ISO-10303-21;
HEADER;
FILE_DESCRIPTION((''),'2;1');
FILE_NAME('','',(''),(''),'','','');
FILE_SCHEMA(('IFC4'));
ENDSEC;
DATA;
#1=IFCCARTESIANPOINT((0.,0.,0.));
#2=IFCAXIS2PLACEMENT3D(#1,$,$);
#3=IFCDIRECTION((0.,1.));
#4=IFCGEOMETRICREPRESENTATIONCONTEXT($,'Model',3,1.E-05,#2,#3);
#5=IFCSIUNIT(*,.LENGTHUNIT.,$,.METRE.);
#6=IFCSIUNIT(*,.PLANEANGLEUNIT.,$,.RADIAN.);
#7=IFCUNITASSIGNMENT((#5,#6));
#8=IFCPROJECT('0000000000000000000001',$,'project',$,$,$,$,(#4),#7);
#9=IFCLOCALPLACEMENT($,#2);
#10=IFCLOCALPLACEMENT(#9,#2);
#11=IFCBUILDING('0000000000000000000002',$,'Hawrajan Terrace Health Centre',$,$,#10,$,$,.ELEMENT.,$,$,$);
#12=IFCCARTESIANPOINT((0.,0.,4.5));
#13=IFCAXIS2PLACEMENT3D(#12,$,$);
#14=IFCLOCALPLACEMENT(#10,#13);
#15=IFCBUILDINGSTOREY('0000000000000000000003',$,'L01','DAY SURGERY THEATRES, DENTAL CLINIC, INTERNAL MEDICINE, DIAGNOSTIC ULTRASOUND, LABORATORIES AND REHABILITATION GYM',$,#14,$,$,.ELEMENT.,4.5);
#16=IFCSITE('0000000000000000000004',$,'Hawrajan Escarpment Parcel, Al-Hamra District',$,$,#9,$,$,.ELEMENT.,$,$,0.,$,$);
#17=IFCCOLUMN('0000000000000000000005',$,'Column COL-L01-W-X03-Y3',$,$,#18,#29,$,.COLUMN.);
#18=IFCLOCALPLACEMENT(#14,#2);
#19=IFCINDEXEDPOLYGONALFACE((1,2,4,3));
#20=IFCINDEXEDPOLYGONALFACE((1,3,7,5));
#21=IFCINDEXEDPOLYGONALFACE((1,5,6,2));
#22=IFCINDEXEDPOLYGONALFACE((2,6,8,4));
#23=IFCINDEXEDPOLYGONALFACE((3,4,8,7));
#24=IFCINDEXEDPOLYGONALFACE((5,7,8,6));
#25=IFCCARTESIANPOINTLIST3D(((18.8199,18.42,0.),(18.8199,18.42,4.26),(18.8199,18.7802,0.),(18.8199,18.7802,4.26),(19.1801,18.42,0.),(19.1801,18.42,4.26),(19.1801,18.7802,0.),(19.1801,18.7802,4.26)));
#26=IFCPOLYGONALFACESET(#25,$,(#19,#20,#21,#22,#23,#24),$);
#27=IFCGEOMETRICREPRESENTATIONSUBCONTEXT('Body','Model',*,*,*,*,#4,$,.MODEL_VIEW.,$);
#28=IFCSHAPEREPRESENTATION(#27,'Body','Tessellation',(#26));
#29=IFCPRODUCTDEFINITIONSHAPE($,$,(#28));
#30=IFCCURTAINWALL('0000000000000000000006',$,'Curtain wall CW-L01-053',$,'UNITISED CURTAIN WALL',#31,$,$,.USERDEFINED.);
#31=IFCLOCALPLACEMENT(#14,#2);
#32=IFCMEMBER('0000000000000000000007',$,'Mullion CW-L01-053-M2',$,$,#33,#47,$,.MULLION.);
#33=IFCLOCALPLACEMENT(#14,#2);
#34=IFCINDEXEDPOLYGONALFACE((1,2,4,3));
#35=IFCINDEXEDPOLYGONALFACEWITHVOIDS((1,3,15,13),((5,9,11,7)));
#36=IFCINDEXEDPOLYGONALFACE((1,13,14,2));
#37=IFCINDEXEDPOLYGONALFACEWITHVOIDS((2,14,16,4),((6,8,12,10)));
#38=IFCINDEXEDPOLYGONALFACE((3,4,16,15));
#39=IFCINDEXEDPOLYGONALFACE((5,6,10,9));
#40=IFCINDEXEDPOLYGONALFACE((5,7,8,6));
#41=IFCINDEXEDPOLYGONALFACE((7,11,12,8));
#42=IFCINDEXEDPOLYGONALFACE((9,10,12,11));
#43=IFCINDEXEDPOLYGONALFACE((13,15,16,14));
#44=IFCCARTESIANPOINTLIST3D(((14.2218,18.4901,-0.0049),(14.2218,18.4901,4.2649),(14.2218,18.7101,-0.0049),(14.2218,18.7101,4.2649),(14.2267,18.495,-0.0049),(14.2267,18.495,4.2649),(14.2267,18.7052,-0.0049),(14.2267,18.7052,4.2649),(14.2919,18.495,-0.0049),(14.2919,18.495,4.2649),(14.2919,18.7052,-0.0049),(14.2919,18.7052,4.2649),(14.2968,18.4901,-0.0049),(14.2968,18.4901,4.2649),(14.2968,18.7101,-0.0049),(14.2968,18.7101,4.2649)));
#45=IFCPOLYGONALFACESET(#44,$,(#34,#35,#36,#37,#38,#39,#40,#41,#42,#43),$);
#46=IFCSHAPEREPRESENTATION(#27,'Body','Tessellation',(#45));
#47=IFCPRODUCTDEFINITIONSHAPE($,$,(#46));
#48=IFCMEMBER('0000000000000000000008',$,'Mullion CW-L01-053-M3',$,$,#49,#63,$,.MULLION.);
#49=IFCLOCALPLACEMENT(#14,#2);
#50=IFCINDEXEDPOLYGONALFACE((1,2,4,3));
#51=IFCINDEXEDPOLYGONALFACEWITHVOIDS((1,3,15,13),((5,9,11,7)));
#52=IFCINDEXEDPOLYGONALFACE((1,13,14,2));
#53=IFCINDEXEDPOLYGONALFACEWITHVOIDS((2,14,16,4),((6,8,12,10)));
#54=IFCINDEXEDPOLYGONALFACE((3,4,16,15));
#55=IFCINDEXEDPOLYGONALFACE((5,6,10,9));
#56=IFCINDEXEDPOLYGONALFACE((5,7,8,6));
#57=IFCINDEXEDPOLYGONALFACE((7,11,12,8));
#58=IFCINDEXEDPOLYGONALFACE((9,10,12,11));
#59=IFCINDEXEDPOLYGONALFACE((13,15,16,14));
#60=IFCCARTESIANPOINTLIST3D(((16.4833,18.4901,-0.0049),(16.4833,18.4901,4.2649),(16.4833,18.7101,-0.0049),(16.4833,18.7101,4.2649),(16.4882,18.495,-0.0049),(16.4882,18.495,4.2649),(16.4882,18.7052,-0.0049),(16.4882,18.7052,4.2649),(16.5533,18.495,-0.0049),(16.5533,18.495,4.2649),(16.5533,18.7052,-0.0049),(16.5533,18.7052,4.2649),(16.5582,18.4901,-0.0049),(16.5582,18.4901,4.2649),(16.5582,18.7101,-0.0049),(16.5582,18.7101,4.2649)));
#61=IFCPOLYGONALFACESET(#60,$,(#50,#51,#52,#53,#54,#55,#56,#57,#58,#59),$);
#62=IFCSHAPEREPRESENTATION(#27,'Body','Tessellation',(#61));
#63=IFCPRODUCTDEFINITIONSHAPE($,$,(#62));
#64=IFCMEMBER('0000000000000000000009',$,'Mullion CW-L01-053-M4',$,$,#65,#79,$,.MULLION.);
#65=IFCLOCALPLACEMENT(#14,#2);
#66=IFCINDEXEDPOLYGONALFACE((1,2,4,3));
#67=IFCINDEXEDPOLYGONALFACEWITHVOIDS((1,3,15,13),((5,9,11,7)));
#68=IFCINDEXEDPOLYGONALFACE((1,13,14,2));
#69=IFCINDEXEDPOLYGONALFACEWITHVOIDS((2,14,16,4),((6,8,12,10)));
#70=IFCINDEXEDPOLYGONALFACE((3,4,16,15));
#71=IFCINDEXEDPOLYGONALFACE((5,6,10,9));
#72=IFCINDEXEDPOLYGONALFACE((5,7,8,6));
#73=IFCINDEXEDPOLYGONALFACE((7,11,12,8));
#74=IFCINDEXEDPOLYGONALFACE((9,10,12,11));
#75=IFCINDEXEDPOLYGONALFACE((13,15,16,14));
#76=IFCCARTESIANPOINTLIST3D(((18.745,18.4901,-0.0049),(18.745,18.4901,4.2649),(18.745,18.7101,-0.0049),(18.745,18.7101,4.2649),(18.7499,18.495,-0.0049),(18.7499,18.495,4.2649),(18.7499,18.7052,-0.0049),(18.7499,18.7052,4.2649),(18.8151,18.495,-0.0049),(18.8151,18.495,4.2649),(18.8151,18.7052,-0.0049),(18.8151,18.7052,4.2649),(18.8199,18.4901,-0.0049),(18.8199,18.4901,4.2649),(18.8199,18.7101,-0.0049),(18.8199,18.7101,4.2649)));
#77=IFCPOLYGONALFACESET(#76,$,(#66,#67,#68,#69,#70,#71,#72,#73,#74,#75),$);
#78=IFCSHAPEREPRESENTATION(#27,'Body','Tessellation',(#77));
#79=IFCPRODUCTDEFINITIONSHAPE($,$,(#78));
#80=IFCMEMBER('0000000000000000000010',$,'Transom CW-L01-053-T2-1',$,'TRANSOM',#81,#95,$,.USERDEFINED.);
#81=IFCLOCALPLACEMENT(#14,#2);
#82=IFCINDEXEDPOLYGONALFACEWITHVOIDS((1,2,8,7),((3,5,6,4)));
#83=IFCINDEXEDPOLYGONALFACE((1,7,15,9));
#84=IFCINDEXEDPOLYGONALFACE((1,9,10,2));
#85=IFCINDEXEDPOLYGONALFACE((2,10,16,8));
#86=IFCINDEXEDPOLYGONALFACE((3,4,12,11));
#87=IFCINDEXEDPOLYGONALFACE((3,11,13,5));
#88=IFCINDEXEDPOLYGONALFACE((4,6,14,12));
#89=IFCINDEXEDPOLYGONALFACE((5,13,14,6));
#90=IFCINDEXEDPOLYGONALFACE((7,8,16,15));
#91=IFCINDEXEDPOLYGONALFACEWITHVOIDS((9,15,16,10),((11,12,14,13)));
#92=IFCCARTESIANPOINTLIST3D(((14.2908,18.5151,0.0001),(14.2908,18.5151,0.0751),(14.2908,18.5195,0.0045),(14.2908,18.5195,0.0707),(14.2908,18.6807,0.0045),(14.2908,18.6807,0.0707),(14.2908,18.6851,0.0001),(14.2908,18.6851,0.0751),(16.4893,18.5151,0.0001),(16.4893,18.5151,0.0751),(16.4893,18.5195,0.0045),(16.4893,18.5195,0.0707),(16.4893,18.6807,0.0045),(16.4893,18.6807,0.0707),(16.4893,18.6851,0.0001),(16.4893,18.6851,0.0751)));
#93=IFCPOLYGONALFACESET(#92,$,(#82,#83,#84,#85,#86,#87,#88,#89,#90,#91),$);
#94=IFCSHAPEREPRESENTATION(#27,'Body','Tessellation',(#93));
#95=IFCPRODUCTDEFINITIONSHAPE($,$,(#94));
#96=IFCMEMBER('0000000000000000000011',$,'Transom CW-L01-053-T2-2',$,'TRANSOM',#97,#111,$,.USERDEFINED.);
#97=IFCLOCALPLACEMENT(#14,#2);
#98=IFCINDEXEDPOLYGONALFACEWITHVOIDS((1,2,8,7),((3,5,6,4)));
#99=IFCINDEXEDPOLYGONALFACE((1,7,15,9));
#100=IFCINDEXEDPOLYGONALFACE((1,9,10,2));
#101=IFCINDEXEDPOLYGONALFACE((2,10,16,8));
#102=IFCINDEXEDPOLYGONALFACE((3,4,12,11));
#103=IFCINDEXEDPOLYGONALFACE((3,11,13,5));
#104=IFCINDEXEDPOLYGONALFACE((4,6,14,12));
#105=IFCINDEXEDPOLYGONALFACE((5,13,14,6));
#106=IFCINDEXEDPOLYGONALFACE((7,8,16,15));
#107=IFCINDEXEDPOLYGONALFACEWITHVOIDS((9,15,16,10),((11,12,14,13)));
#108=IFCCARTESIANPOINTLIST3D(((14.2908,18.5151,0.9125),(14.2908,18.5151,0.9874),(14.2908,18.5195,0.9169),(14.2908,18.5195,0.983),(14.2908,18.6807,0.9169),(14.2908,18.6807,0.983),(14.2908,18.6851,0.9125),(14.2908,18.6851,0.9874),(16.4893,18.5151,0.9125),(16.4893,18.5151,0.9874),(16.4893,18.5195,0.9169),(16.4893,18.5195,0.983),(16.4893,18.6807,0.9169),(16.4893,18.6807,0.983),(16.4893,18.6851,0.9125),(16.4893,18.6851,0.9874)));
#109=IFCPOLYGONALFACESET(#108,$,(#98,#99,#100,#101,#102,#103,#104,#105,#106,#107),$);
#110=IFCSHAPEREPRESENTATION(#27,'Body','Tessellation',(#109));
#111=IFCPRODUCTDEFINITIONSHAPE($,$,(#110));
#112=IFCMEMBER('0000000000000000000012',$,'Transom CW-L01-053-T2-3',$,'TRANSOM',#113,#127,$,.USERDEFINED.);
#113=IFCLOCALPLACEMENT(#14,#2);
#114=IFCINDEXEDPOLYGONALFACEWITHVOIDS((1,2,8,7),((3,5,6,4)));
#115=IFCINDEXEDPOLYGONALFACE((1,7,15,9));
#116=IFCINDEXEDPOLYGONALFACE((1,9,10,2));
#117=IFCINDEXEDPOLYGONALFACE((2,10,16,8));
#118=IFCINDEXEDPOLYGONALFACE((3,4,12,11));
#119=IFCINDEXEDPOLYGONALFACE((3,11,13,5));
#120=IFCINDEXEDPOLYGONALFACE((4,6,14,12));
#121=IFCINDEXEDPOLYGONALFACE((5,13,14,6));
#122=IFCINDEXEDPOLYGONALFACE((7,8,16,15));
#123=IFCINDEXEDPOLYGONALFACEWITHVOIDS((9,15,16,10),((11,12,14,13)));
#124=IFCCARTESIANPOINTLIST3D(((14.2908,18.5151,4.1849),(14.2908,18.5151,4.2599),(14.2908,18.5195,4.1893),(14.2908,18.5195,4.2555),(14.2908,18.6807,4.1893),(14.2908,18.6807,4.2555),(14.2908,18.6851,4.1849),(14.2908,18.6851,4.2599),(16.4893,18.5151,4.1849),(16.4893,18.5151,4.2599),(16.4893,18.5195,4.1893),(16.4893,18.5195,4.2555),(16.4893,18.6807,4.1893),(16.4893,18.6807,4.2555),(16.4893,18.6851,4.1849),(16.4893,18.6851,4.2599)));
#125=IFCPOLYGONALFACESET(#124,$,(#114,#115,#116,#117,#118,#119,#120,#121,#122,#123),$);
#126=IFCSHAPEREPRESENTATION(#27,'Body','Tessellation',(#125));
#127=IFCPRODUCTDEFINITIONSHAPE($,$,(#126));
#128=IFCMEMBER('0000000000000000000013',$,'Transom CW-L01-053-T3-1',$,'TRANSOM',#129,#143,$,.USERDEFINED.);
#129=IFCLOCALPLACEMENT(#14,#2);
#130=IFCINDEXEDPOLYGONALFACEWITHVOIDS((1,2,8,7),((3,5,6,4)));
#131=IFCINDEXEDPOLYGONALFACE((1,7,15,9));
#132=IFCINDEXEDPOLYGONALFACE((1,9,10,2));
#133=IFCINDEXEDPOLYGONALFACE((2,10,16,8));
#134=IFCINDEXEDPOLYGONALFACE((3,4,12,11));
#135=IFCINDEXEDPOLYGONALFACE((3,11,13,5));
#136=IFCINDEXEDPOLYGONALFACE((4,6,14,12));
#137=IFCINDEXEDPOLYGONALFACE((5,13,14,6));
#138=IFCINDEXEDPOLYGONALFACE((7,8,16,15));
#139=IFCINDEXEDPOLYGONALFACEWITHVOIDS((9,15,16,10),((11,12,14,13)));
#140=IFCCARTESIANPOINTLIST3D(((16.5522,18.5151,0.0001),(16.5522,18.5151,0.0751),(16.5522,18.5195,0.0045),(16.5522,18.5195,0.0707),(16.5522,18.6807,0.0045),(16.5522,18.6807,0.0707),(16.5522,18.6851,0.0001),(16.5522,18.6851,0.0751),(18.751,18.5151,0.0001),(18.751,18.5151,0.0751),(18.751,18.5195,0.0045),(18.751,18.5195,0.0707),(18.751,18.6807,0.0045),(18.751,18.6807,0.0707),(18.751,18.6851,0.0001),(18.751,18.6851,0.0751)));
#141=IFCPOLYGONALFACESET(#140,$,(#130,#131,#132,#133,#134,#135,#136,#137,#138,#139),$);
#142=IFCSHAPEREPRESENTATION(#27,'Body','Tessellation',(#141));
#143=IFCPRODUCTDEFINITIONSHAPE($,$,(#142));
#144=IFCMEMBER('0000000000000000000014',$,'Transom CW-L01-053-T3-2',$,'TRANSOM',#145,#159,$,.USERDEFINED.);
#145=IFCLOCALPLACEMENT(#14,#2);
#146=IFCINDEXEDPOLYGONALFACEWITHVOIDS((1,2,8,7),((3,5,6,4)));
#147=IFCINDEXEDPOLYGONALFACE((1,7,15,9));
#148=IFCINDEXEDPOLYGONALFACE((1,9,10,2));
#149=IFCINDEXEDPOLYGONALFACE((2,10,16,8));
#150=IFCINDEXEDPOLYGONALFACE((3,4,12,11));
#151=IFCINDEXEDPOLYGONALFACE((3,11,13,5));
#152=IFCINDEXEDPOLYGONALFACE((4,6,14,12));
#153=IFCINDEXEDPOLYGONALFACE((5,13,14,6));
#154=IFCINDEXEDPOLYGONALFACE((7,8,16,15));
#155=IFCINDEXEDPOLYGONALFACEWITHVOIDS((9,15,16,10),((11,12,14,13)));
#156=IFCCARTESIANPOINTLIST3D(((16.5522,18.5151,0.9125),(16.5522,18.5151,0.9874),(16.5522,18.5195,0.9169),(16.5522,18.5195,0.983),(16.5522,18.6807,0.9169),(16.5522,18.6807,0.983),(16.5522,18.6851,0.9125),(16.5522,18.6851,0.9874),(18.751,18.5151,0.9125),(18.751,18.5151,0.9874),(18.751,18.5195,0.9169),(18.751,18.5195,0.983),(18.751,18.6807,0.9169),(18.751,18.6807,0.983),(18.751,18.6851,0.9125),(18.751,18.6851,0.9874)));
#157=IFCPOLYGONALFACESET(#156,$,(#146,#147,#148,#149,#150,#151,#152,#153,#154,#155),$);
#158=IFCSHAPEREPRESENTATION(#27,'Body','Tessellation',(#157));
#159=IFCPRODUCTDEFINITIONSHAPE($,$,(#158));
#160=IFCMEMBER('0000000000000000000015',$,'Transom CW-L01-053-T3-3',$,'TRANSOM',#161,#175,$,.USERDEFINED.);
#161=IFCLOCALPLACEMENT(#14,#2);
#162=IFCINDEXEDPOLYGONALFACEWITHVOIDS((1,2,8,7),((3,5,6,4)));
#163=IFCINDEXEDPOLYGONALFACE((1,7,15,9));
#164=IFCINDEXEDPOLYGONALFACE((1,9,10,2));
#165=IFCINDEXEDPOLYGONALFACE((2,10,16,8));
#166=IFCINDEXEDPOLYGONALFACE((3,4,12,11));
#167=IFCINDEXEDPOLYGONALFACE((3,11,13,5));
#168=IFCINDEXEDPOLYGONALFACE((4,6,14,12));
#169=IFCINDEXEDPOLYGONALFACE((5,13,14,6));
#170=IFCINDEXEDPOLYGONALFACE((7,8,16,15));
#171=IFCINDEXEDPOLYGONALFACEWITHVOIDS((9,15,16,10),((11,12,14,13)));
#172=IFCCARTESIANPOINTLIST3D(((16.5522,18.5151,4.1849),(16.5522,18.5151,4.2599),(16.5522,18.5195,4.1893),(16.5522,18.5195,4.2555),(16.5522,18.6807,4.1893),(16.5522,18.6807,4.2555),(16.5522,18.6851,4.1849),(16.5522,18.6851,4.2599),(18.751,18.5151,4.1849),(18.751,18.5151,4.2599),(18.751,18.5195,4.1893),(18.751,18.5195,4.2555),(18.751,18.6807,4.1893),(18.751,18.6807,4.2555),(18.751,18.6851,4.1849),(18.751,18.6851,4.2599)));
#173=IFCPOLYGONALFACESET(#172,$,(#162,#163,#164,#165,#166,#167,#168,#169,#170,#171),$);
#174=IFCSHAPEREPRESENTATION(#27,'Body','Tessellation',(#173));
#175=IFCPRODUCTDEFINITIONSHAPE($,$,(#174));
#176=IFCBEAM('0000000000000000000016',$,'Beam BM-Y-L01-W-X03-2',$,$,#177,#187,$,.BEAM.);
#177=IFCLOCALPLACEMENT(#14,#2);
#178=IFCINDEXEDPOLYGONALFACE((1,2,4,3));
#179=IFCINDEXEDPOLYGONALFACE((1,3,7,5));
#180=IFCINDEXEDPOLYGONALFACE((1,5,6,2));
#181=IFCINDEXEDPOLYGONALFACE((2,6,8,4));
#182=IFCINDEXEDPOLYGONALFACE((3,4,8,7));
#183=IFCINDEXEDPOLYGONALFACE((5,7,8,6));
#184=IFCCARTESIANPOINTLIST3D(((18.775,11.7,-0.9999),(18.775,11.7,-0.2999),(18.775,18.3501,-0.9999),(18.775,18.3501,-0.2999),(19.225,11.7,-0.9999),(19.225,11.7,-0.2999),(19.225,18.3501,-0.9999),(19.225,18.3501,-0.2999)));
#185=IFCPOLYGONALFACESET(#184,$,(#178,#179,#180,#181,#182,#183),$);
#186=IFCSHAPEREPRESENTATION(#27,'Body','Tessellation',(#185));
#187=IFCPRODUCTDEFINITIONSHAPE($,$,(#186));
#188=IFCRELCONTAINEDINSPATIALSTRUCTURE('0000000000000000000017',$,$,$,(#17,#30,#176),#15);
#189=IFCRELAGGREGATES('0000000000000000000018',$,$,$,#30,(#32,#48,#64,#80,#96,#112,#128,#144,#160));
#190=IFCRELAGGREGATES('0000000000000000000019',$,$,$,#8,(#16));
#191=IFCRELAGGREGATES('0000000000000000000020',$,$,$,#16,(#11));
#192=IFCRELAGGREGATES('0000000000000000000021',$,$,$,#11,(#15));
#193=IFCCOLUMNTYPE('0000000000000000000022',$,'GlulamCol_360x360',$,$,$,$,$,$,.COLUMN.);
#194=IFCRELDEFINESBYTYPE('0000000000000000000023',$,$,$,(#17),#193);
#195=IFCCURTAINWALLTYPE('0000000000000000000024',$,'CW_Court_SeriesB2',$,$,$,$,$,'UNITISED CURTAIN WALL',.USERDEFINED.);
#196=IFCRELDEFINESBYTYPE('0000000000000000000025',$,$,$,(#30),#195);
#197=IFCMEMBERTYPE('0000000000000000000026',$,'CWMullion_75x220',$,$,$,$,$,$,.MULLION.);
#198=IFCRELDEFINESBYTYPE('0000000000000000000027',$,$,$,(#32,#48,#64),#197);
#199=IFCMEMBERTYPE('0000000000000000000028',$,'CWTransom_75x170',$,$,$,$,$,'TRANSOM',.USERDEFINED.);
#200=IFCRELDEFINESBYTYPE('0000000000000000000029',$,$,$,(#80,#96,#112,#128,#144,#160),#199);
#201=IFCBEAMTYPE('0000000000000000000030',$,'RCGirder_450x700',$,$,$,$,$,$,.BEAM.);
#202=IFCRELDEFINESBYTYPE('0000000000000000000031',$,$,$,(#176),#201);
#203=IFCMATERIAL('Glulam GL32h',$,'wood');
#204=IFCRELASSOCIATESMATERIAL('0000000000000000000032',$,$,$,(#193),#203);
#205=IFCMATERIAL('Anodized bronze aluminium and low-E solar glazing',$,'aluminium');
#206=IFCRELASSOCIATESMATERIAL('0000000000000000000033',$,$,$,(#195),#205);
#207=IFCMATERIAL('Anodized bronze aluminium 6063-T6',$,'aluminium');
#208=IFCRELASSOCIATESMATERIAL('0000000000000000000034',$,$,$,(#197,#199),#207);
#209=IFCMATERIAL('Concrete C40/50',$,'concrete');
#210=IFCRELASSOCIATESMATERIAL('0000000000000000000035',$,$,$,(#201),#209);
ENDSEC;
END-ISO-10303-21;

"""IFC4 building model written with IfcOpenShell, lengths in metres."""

from ifc_helpers import new_model, si_unit, direction, frame, origin, origin_2d, place, context, subcontext, project, spatial, rectangle, hollow_rectangle, extrude, material, material_profile, profile_set, type_object, element, aggregate, save


model = new_model("IFC4")

# Units and contexts
model_context = context("Model", 3, precision=1e-05, world=origin(), true_north=direction((0.0, 1.0)))
body_context = subcontext(model_context, "Body", "Model", "MODEL_VIEW")
ifc_project = project(units=[si_unit("LENGTHUNIT", "METRE"), si_unit("PLANEANGLEUNIT", "RADIAN")], contexts=[model_context])

# Site, building, storey
site_placement = place(None, origin())
site = spatial("IfcSite", under=ifc_project, at=site_placement, Name="Hawrajan Escarpment Parcel, Al-Hamra District", CompositionType="ELEMENT", RefElevation=0.0)
building_placement = place(site_placement, origin())
building = spatial("IfcBuilding", under=site, at=building_placement, Name="Hawrajan Terrace Health Centre", CompositionType="ELEMENT")
storey_placement = place(building_placement, frame((0.0, 0.0, 4.5)))
storey = spatial("IfcBuildingStorey", under=building, at=storey_placement, Name="L01", Description="DAY SURGERY THEATRES, DENTAL CLINIC, INTERNAL MEDICINE, DIAGNOSTIC ULTRASOUND, LABORATORIES AND REHABILITATION GYM", CompositionType="ELEMENT", Elevation=4.5)

# Column
ifc_material_1 = material(Name="Glulam GL32h", Category="wood")
ifc_material_profile_1 = material_profile(ifc_material_1, rectangle(XDim=0.3601, YDim=0.3601, at=origin_2d()), Name="GL 360x360")
ifc_profile_set_1 = profile_set([ifc_material_profile_1], Name="Glulam GL32h")
column_type = type_object("IfcColumnType", Name="GlulamCol_360x360", PredefinedType="COLUMN", material=ifc_profile_set_1)
column_placement = place(storey_placement, frame((19.0, 18.6001, 0.0), z_axis=(0.0, 0.0, 1.0), x_axis=(1.0, 0.0, 0.0)))
element("IfcColumn", 1, at=column_placement, inside=storey, type_object=column_type, Name="Column COL-L01-W-X03-Y3", PredefinedType="COLUMN", context=body_context, shape_type="SweptSolid", body=[
    extrude(rectangle(XDim=0.3601, YDim=0.3601, at=origin_2d()), origin(), (0.0, 0.0, 1.0), 4.26),
])

# Curtain wall, members
ifc_material_2 = material(Name="Anodized bronze aluminium and low-E solar glazing", Category="aluminium")
curtain_wall_type = type_object("IfcCurtainWallType", Name="CW_Court_SeriesB2", ElementType="UNITISED CURTAIN WALL", PredefinedType="USERDEFINED", material=ifc_material_2)
curtain_wall_placement = place(storey_placement, origin())
curtain_wall = element("IfcCurtainWall", 2, at=curtain_wall_placement, inside=storey, type_object=curtain_wall_type, Name="Curtain wall CW-L01-053", ObjectType="UNITISED CURTAIN WALL", PredefinedType="USERDEFINED")
ifc_material_3 = material(Name="Anodized bronze aluminium 6063-T6", Category="aluminium")
ifc_material_profile_2 = material_profile(ifc_material_3, hollow_rectangle(XDim=0.075, YDim=0.22, WallThickness=0.0049, at=origin_2d()), Name="CW MUL 75x220")
ifc_profile_set_2 = profile_set([ifc_material_profile_2], Name="Anodized bronze aluminium 6063-T6")
member_type_1 = type_object("IfcMemberType", Name="CWMullion_75x220", PredefinedType="MULLION", material=ifc_profile_set_2)
member_1_placement = place(storey_placement, frame((14.2593, 18.6001, -0.0049), z_axis=(0.0, 0.0, 1.0), x_axis=(1.0, 0.0, 0.0)))
member_1 = element("IfcMember", 3, at=member_1_placement, type_object=member_type_1, Name="Mullion CW-L01-053-M2", PredefinedType="MULLION", context=body_context, shape_type="SweptSolid", body=[
    extrude(hollow_rectangle(XDim=0.075, YDim=0.22, WallThickness=0.0049, at=origin_2d()), origin(), (0.0, 0.0, 1.0), 4.2698),
])
member_2_placement = place(storey_placement, frame((16.5208, 18.6001, -0.0049), z_axis=(0.0, 0.0, 1.0), x_axis=(1.0, 0.0, 0.0)))
member_2 = element("IfcMember", 4, at=member_2_placement, type_object=member_type_1, Name="Mullion CW-L01-053-M3", PredefinedType="MULLION", context=body_context, shape_type="SweptSolid", body=[
    extrude(hollow_rectangle(XDim=0.075, YDim=0.22, WallThickness=0.0049, at=origin_2d()), origin(), (0.0, 0.0, 1.0), 4.2698),
])
member_3_placement = place(storey_placement, frame((18.7825, 18.6001, -0.0049), z_axis=(0.0, 0.0, 1.0), x_axis=(1.0, 0.0, 0.0)))
member_3 = element("IfcMember", 5, at=member_3_placement, type_object=member_type_1, Name="Mullion CW-L01-053-M4", PredefinedType="MULLION", context=body_context, shape_type="SweptSolid", body=[
    extrude(hollow_rectangle(XDim=0.075, YDim=0.22, WallThickness=0.0049, at=origin_2d()), origin(), (0.0, 0.0, 1.0), 4.2698),
])
ifc_material_profile_3 = material_profile(ifc_material_3, hollow_rectangle(XDim=0.075, YDim=0.1699, WallThickness=0.0044, at=origin_2d()), Name="CW TRN 75x170")
ifc_profile_set_3 = profile_set([ifc_material_profile_3], Name="Anodized bronze aluminium 6063-T6")
member_type_2 = type_object("IfcMemberType", Name="CWTransom_75x170", ElementType="TRANSOM", PredefinedType="USERDEFINED", material=ifc_profile_set_3)
member_4_placement = place(storey_placement, frame((14.2908, 18.6001, 0.0376), z_axis=(1.0, 0.0, 0.0), x_axis=(0.0, 0.0, 1.0)))
member_4 = element("IfcMember", 6, at=member_4_placement, type_object=member_type_2, Name="Transom CW-L01-053-T2-1", ObjectType="TRANSOM", PredefinedType="USERDEFINED", context=body_context, shape_type="SweptSolid", body=[
    extrude(hollow_rectangle(XDim=0.075, YDim=0.1699, WallThickness=0.0044, at=origin_2d()), origin(), (0.0, 0.0, 1.0), 2.1985),
])
member_5_placement = place(storey_placement, frame((14.2908, 18.6001, 0.95), z_axis=(1.0, 0.0, 0.0), x_axis=(0.0, 0.0, 1.0)))
member_5 = element("IfcMember", 7, at=member_5_placement, type_object=member_type_2, Name="Transom CW-L01-053-T2-2", ObjectType="TRANSOM", PredefinedType="USERDEFINED", context=body_context, shape_type="SweptSolid", body=[
    extrude(hollow_rectangle(XDim=0.075, YDim=0.1699, WallThickness=0.0044, at=origin_2d()), origin(), (0.0, 0.0, 1.0), 2.1985),
])
member_6_placement = place(storey_placement, frame((14.2908, 18.6001, 4.2224), z_axis=(1.0, 0.0, 0.0), x_axis=(0.0, 0.0, 1.0)))
member_6 = element("IfcMember", 8, at=member_6_placement, type_object=member_type_2, Name="Transom CW-L01-053-T2-3", ObjectType="TRANSOM", PredefinedType="USERDEFINED", context=body_context, shape_type="SweptSolid", body=[
    extrude(hollow_rectangle(XDim=0.075, YDim=0.1699, WallThickness=0.0044, at=origin_2d()), origin(), (0.0, 0.0, 1.0), 2.1985),
])
member_7_placement = place(storey_placement, frame((16.5522, 18.6001, 0.0376), z_axis=(1.0, 0.0, 0.0), x_axis=(0.0, 0.0, 1.0)))
member_7 = element("IfcMember", 9, at=member_7_placement, type_object=member_type_2, Name="Transom CW-L01-053-T3-1", ObjectType="TRANSOM", PredefinedType="USERDEFINED", context=body_context, shape_type="SweptSolid", body=[
    extrude(hollow_rectangle(XDim=0.075, YDim=0.1699, WallThickness=0.0044, at=origin_2d()), origin(), (0.0, 0.0, 1.0), 2.1987),
])
member_8_placement = place(storey_placement, frame((16.5522, 18.6001, 0.95), z_axis=(1.0, 0.0, 0.0), x_axis=(0.0, 0.0, 1.0)))
member_8 = element("IfcMember", 10, at=member_8_placement, type_object=member_type_2, Name="Transom CW-L01-053-T3-2", ObjectType="TRANSOM", PredefinedType="USERDEFINED", context=body_context, shape_type="SweptSolid", body=[
    extrude(hollow_rectangle(XDim=0.075, YDim=0.1699, WallThickness=0.0044, at=origin_2d()), origin(), (0.0, 0.0, 1.0), 2.1987),
])
member_9_placement = place(storey_placement, frame((16.5522, 18.6001, 4.2224), z_axis=(1.0, 0.0, 0.0), x_axis=(0.0, 0.0, 1.0)))
member_9 = element("IfcMember", 11, at=member_9_placement, type_object=member_type_2, Name="Transom CW-L01-053-T3-3", ObjectType="TRANSOM", PredefinedType="USERDEFINED", context=body_context, shape_type="SweptSolid", body=[
    extrude(hollow_rectangle(XDim=0.075, YDim=0.1699, WallThickness=0.0044, at=origin_2d()), origin(), (0.0, 0.0, 1.0), 2.1987),
])

# Beam
ifc_material_4 = material(Name="Concrete C40/50", Category="concrete")
ifc_material_profile_4 = material_profile(ifc_material_4, rectangle(XDim=0.45, YDim=0.7, at=origin_2d()), Name="RC BM 450x700")
ifc_profile_set_4 = profile_set([ifc_material_profile_4], Name="Concrete C40/50")
beam_type_1 = type_object("IfcBeamType", Name="RCGirder_450x700", PredefinedType="BEAM", material=ifc_profile_set_4)
beam_1_placement = place(storey_placement, frame((19.0, 11.7, -0.6499), z_axis=(0.0, 1.0, 0.0), x_axis=(-1.0, 0.0, 0.0)))
element("IfcBeam", 12, at=beam_1_placement, inside=storey, type_object=beam_type_1, Name="Beam BM-Y-L01-W-X03-2", PredefinedType="BEAM", context=body_context, shape_type="SweptSolid", body=[
    extrude(rectangle(XDim=0.45, YDim=0.7, at=origin_2d()), origin(), (0.0, 0.0, 1.0), 6.6501),
])

aggregate(curtain_wall, [member_1, member_2, member_3, member_4, member_5, member_6, member_7, member_8, member_9])

save(model, "model.ifc")
